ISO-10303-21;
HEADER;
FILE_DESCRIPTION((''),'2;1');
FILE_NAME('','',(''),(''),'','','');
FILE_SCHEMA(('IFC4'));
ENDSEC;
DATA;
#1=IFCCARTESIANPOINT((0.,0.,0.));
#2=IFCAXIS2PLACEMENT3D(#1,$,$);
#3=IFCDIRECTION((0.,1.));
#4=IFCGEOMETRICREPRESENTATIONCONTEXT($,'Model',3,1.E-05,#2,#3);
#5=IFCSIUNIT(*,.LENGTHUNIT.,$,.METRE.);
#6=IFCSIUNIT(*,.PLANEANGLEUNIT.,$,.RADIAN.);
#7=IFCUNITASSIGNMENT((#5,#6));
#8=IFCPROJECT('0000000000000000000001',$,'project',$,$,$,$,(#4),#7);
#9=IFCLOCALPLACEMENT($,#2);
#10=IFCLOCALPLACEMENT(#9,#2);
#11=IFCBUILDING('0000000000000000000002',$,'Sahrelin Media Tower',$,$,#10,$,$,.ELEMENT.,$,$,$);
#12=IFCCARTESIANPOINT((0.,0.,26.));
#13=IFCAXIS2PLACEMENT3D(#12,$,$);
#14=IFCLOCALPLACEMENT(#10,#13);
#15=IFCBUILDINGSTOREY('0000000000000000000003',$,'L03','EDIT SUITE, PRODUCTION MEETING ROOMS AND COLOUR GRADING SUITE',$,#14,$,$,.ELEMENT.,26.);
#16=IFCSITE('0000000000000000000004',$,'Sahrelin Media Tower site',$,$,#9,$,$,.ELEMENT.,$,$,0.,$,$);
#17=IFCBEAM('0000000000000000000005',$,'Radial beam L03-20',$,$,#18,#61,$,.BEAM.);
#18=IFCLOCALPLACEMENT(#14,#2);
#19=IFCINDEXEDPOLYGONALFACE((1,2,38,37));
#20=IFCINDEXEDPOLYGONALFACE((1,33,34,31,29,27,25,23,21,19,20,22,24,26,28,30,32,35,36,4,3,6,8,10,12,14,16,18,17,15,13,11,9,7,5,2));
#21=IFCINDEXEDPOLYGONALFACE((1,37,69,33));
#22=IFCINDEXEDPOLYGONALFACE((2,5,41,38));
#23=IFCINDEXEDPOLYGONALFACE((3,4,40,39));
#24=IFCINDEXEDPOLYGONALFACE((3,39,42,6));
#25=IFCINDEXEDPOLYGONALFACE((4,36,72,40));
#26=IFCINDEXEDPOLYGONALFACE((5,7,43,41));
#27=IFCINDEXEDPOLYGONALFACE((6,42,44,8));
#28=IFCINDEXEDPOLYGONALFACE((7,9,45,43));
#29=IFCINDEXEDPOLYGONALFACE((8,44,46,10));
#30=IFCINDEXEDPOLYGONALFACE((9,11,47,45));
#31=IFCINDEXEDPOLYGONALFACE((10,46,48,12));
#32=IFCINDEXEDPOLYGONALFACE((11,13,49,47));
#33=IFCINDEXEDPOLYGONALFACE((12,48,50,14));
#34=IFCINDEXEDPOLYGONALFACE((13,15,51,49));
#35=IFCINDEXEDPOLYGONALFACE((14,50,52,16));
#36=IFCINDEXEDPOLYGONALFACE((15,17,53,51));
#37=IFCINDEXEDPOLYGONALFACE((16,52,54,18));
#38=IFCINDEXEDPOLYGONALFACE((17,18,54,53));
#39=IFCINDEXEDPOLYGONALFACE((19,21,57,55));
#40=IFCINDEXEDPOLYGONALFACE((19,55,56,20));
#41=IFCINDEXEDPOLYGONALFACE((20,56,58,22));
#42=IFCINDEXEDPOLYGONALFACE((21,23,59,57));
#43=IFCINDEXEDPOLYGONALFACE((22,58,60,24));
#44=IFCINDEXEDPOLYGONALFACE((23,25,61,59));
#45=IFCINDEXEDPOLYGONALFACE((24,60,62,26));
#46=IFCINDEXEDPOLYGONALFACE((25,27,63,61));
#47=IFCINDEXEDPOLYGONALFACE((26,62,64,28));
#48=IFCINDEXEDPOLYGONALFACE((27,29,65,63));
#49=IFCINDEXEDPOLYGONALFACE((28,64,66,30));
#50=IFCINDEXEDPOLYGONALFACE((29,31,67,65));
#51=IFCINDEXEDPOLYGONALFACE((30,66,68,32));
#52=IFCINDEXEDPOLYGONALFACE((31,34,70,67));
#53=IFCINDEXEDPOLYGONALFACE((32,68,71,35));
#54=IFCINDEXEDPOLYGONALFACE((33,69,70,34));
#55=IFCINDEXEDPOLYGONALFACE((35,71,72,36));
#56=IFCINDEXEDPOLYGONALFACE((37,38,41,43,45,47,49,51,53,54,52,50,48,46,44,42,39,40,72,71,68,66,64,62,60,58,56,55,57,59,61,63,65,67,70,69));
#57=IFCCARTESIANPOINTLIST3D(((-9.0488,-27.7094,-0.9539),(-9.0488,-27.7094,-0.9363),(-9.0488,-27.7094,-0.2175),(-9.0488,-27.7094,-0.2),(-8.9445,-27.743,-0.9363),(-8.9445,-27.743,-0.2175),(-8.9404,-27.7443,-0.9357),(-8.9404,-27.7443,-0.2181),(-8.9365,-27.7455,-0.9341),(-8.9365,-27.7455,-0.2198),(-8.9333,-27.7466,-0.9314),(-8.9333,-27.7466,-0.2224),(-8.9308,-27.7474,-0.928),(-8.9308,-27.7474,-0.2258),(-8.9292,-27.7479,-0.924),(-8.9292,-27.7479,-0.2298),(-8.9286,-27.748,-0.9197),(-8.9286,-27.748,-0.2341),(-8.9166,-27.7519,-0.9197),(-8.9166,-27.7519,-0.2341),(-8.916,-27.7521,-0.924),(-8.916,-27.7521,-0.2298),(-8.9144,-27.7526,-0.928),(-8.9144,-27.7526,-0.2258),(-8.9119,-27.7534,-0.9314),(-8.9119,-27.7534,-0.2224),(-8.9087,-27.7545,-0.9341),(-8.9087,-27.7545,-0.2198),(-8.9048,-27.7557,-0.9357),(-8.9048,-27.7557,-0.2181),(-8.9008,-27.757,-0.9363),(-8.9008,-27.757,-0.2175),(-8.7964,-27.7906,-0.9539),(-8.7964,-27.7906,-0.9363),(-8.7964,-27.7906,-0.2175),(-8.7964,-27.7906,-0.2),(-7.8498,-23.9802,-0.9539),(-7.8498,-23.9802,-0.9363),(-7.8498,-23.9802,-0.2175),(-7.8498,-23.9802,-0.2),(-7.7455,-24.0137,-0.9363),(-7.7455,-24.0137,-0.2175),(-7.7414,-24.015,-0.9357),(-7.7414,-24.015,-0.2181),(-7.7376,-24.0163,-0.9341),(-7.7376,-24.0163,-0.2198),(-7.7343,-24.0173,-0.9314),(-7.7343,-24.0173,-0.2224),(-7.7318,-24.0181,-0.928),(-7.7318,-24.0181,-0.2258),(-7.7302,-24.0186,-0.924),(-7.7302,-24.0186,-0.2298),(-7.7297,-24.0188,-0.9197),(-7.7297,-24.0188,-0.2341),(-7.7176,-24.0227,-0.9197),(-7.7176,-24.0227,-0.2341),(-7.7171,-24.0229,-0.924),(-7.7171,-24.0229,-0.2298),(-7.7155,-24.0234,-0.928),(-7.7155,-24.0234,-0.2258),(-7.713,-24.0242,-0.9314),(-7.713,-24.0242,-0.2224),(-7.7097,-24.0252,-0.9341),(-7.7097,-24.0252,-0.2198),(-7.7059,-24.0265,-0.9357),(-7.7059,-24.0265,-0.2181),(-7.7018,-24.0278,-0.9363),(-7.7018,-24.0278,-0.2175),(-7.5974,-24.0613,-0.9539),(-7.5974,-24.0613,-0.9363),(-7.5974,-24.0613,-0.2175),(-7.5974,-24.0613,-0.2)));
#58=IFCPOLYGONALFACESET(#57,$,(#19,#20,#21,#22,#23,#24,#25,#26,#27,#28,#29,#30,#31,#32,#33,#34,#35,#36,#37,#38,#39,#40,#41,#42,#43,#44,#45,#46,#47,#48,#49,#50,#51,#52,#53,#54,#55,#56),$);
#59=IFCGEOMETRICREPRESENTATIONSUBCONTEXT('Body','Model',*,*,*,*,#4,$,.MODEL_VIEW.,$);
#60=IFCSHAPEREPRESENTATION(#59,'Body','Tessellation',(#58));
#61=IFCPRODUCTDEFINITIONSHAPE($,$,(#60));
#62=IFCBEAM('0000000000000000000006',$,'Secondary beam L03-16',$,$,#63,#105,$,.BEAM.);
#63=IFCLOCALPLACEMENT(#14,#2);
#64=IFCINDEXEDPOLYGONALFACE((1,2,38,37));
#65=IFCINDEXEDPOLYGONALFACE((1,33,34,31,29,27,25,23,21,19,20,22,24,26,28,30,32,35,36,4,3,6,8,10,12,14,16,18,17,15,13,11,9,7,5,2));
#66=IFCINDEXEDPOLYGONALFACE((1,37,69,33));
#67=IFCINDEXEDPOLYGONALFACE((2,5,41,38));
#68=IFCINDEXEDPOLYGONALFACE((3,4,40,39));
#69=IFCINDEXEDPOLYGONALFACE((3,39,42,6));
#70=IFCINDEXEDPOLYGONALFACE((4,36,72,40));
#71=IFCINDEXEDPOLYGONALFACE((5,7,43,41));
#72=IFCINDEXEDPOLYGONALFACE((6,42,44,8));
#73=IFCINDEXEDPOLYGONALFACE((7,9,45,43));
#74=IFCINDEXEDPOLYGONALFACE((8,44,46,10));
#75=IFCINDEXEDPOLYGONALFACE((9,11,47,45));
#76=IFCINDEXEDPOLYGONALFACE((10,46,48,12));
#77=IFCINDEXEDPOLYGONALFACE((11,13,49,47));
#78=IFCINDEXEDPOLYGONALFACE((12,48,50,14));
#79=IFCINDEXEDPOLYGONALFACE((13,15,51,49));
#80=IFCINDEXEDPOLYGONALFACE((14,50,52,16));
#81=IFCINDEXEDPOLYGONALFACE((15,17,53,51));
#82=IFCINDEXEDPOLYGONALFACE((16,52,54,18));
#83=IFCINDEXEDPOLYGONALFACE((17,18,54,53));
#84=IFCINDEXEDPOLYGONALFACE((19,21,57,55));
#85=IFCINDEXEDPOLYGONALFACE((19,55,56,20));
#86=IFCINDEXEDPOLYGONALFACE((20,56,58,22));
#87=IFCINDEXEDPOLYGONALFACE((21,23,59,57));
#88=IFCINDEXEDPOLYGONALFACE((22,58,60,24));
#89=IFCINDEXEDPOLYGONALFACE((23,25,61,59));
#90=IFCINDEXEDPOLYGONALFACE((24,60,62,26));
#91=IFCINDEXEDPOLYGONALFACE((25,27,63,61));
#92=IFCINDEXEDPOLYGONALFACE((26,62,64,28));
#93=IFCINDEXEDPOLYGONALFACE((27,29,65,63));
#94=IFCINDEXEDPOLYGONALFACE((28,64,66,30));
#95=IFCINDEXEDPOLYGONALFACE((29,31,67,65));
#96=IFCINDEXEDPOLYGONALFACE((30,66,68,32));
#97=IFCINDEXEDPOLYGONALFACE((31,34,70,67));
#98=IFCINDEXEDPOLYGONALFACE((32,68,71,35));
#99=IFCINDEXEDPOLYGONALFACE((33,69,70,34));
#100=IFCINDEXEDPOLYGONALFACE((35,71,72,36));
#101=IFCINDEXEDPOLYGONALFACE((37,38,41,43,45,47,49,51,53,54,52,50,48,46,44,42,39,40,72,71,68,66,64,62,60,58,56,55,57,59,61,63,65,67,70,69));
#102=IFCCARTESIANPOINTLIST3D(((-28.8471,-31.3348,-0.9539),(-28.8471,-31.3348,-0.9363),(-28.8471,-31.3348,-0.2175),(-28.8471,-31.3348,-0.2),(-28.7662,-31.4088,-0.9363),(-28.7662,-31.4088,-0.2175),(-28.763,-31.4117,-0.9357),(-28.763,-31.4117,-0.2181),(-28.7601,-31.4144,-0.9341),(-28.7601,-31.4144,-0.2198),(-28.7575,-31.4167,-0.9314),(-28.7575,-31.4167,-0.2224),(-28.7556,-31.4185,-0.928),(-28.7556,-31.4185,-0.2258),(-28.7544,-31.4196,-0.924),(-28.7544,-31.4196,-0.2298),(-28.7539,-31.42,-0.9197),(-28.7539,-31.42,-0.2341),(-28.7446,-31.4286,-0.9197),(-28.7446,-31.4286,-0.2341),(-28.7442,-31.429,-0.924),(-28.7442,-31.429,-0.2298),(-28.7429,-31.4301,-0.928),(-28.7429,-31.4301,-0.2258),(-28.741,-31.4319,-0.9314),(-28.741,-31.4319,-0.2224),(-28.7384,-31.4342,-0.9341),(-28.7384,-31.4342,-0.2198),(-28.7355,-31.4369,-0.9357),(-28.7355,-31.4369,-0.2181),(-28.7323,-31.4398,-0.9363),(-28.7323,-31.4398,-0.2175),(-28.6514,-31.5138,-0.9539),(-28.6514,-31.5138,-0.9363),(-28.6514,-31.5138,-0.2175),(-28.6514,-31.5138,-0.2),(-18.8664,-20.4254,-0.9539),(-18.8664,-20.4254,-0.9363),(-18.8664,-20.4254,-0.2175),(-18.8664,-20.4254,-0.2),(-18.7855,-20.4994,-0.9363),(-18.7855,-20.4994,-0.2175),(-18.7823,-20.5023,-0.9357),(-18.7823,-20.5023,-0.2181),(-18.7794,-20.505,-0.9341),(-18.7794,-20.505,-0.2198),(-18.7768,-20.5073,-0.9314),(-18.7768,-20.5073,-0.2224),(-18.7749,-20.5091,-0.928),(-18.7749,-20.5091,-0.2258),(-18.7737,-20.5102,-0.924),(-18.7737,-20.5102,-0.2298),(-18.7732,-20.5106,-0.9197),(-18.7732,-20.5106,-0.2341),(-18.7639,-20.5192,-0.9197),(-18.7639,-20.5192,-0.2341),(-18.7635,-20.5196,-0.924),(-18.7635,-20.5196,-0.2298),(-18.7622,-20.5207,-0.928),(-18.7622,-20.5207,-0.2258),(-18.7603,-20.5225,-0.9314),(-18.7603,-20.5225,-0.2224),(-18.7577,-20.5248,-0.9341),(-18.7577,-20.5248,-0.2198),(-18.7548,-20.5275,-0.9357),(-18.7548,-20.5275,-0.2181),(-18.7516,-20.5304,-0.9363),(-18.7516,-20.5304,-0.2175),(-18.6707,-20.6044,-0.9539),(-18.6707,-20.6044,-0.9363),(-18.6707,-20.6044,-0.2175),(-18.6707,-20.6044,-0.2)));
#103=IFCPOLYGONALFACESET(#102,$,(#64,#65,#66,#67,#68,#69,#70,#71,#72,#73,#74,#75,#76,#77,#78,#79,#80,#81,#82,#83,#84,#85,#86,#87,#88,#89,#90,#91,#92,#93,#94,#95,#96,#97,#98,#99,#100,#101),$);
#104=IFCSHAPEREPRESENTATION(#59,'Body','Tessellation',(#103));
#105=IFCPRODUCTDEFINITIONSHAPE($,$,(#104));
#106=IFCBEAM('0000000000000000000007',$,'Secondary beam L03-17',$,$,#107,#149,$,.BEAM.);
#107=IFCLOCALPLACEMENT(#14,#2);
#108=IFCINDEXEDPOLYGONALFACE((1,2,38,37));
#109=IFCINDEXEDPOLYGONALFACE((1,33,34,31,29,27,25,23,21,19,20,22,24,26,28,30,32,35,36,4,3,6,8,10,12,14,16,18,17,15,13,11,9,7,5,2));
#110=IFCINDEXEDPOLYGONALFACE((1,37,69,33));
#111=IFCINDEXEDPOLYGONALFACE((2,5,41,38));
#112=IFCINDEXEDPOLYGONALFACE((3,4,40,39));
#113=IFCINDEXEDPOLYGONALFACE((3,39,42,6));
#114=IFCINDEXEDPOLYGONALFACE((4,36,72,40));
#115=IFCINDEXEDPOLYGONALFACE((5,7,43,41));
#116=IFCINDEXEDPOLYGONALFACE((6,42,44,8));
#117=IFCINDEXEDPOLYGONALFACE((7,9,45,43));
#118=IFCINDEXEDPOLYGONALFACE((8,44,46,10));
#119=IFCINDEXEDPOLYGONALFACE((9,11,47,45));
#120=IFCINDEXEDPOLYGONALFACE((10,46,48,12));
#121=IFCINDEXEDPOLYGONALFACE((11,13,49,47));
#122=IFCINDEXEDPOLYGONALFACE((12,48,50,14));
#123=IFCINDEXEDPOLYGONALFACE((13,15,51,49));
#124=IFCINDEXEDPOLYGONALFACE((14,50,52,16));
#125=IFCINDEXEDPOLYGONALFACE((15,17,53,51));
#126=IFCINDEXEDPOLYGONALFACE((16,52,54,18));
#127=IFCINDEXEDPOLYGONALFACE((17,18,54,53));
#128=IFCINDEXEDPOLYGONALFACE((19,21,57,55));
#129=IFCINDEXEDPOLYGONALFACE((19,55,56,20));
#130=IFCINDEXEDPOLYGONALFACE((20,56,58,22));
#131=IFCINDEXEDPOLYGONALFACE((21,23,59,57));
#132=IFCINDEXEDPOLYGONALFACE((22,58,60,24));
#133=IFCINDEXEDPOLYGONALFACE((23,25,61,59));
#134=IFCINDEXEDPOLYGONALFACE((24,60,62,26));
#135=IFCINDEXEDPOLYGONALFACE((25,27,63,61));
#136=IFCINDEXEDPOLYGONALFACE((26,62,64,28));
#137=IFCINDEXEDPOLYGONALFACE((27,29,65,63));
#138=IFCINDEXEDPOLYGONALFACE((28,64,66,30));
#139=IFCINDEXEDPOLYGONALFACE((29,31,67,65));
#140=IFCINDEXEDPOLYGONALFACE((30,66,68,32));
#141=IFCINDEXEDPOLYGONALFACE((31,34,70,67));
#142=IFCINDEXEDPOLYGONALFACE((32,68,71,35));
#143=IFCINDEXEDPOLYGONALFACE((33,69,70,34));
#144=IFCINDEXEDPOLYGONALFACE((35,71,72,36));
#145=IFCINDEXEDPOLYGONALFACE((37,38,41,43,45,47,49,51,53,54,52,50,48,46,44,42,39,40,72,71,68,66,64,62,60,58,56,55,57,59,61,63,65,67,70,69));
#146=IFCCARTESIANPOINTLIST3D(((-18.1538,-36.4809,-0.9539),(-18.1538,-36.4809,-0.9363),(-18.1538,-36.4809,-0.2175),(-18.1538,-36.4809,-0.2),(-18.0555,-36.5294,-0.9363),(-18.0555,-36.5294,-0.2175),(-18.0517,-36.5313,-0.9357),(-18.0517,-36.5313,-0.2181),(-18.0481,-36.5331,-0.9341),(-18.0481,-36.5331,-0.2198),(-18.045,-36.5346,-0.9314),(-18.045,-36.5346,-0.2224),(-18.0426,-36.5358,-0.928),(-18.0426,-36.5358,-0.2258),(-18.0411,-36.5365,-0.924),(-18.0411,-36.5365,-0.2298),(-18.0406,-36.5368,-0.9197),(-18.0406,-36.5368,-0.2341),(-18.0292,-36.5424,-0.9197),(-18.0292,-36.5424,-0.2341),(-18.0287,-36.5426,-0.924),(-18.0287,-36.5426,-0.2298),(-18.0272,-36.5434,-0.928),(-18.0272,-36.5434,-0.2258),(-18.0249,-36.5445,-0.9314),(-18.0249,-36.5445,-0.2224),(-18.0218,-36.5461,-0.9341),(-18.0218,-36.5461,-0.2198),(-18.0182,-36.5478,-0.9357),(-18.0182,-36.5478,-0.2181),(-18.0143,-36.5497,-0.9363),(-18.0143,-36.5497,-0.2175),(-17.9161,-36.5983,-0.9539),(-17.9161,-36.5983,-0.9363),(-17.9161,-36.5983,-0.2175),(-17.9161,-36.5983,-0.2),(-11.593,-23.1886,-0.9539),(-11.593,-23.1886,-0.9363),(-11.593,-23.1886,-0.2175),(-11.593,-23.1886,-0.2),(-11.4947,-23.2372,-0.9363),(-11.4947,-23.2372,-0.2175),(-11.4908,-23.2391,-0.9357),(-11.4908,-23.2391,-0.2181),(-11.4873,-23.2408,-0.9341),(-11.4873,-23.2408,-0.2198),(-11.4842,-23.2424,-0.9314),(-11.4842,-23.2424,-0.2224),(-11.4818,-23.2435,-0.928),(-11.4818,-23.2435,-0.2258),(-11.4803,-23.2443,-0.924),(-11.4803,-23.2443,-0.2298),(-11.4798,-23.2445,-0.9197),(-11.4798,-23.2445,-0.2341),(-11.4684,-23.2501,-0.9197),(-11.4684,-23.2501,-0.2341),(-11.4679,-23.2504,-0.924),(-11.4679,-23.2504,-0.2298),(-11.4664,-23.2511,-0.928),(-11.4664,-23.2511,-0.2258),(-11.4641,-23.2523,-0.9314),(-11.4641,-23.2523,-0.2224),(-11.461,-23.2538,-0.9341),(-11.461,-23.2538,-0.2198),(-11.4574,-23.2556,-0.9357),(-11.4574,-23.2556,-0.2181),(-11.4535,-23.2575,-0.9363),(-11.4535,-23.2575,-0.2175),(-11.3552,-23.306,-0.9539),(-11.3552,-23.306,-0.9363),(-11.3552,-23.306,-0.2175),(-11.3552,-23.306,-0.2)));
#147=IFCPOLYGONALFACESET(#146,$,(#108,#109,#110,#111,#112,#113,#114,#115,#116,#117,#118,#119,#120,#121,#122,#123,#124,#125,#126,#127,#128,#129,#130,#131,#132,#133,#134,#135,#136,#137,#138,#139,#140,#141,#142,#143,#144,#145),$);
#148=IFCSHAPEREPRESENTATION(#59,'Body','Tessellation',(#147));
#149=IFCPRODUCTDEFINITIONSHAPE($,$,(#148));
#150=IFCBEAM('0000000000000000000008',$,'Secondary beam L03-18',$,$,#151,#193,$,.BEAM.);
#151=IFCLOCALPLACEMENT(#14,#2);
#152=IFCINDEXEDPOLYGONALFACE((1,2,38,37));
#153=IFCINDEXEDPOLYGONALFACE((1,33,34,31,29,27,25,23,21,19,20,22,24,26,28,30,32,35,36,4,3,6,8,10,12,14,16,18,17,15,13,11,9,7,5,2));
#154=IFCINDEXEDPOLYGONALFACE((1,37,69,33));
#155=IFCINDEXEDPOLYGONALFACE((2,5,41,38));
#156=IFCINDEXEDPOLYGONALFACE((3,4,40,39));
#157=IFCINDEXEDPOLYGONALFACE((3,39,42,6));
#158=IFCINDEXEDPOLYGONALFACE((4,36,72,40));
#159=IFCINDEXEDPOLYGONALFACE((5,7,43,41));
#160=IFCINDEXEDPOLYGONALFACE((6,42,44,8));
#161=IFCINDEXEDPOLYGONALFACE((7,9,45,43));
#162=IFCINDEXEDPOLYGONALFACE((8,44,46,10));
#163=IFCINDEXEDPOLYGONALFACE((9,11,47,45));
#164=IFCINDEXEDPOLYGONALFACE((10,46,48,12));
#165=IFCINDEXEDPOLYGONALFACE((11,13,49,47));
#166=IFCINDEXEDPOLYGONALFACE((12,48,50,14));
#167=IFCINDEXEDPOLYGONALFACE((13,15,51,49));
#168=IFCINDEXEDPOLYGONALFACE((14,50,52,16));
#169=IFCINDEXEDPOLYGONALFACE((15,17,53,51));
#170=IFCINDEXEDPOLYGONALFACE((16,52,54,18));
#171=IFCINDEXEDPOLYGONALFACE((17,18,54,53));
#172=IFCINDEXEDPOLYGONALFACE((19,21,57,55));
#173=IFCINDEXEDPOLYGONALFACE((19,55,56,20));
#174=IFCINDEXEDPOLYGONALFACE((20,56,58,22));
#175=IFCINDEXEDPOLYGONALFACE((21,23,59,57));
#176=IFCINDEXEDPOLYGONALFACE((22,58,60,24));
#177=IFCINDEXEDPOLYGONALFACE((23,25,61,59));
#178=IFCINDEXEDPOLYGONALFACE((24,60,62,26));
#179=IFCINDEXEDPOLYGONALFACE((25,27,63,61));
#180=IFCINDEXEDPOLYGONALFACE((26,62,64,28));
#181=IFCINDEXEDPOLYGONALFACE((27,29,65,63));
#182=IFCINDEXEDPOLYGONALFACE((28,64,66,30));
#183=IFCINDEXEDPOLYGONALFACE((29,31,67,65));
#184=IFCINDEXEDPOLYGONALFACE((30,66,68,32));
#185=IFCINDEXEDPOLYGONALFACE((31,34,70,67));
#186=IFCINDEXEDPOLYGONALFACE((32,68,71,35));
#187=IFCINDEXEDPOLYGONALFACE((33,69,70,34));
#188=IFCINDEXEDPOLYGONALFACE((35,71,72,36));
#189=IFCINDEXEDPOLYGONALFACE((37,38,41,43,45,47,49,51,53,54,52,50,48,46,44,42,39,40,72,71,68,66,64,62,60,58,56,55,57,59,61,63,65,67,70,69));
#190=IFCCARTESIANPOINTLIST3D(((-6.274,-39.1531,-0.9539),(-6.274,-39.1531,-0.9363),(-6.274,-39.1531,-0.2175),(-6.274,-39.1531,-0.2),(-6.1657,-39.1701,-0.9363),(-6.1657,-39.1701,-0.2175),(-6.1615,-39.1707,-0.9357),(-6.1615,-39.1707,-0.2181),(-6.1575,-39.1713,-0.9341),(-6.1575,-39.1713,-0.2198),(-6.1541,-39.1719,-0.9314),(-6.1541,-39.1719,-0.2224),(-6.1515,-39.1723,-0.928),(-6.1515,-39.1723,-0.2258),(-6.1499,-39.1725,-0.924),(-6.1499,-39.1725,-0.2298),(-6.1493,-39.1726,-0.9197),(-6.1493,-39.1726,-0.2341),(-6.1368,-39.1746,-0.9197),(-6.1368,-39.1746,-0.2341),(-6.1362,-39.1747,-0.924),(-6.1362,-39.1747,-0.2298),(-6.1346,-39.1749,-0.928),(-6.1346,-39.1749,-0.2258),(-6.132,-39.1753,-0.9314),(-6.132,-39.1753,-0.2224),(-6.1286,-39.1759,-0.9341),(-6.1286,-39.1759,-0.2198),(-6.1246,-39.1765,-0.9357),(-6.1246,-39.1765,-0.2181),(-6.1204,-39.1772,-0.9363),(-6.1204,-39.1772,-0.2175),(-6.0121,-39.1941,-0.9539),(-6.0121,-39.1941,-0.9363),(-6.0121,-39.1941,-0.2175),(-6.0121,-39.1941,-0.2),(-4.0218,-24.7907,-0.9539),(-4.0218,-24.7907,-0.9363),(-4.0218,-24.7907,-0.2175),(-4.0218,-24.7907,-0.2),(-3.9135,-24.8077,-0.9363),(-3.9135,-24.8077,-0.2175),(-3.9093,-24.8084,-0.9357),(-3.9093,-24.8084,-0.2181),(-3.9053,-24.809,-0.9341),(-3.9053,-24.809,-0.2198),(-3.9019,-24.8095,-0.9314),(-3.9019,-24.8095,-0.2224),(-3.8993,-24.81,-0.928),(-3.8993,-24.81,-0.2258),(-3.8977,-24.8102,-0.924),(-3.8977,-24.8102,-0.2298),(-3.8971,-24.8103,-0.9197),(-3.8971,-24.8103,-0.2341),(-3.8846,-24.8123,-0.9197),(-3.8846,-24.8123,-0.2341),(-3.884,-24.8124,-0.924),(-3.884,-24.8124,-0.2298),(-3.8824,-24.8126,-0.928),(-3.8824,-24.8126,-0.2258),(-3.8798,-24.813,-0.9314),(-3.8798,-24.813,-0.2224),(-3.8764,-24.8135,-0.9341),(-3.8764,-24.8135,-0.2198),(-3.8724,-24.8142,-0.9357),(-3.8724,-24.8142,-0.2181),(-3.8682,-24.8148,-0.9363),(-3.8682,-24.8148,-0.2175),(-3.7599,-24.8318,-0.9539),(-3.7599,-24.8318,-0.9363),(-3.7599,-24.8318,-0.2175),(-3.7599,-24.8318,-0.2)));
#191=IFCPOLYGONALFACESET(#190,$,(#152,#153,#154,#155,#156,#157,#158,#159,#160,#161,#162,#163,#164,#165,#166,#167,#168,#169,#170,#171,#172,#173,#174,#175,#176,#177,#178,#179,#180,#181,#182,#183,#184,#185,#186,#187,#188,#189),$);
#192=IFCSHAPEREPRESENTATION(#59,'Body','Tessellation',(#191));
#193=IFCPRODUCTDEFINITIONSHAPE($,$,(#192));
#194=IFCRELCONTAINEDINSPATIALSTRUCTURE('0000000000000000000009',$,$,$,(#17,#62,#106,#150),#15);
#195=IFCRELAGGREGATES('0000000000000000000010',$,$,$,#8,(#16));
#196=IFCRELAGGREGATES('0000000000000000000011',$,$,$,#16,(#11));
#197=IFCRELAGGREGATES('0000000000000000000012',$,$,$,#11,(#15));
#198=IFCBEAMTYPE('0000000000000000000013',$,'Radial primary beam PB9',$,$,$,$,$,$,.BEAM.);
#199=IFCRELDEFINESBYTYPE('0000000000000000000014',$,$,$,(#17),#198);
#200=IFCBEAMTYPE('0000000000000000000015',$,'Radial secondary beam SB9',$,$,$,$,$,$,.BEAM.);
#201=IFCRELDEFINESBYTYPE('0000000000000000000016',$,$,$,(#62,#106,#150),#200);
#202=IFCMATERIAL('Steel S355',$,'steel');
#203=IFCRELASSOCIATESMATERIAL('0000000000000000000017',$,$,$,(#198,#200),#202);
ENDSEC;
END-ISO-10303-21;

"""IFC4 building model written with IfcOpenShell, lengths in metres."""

from ifc_helpers import new_model, si_unit, direction, frame, origin, origin_2d, place, context, subcontext, project, spatial, i_section, extrude, material, material_profile, profile_set, type_object, element, save


model = new_model("IFC4")

# Units and contexts
model_context = context("Model", 3, precision=1e-05, world=origin(), true_north=direction((0.0, 1.0)))
body_context = subcontext(model_context, "Body", "Model", "MODEL_VIEW")
ifc_project = project(units=[si_unit("LENGTHUNIT", "METRE"), si_unit("PLANEANGLEUNIT", "RADIAN")], contexts=[model_context])

# Site, building, storey
site_placement = place(None, origin())
site = spatial("IfcSite", under=ifc_project, at=site_placement, Name="Sahrelin Media Tower site", CompositionType="ELEMENT", RefElevation=0.0)
building_placement = place(site_placement, origin())
building = spatial("IfcBuilding", under=site, at=building_placement, Name="Sahrelin Media Tower", CompositionType="ELEMENT")
storey_placement = place(building_placement, frame((0.0, 0.0, 26.0)))
storey = spatial("IfcBuildingStorey", under=building, at=storey_placement, Name="L03", Description="EDIT SUITE, PRODUCTION MEETING ROOMS AND COLOUR GRADING SUITE", CompositionType="ELEMENT", Elevation=26.0)

# Beams
ifc_material_1 = material(Name="Steel S355", Category="steel")
ifc_material_profile_1 = material_profile(ifc_material_1, i_section(OverallWidth=0.2651, OverallDepth=0.7539, WebThickness=0.0127, FlangeThickness=0.0176, FilletRadius=0.0166, at=origin_2d()), Name="UB 762x267x147")
ifc_profile_set_1 = profile_set([ifc_material_profile_1], Name="Steel S355")
beam_type_1 = type_object("IfcBeamType", Name="Radial primary beam PB9", PredefinedType="BEAM", material=ifc_profile_set_1)
beam_1_placement = place(storey_placement, frame((-7.7236, -24.0208, -0.5769), z_axis=(-0.306076, -0.952007, 0.0), x_axis=(0.952007, -0.306076, 0.0)))
element("IfcBeam", 1, at=beam_1_placement, inside=storey, type_object=beam_type_1, Name="Radial beam L03-20", PredefinedType="BEAM", context=body_context, shape_type="SweptSolid", body=[
    extrude(i_section(OverallWidth=0.2651, OverallDepth=0.7539, WebThickness=0.0127, FlangeThickness=0.0176, FilletRadius=0.0166, at=origin_2d()), origin(), (0.0, 0.0, 1.0), 3.9172),
])
ifc_material_profile_2 = material_profile(ifc_material_1, i_section(OverallWidth=0.2651, OverallDepth=0.7539, WebThickness=0.0127, FlangeThickness=0.0176, FilletRadius=0.0166, at=origin_2d()), Name="UB 762x267x147")
ifc_profile_set_2 = profile_set([ifc_material_profile_2], Name="Steel S355")
beam_type_2 = type_object("IfcBeamType", Name="Radial secondary beam SB9", PredefinedType="BEAM", material=ifc_profile_set_2)
beam_2_placement = place(storey_placement, frame((-18.7686, -20.5149, -0.5769), z_axis=(-0.675004, -0.737814, 0.0), x_axis=(0.737814, -0.675004, 0.0)))
element("IfcBeam", 2, at=beam_2_placement, inside=storey, type_object=beam_type_2, Name="Secondary beam L03-16", PredefinedType="BEAM", context=body_context, shape_type="SweptSolid", body=[
    extrude(i_section(OverallWidth=0.2651, OverallDepth=0.7539, WebThickness=0.0127, FlangeThickness=0.0176, FilletRadius=0.0166, at=origin_2d()), origin(), (0.0, 0.0, 1.0), 14.7861),
])
beam_3_placement = place(storey_placement, frame((-11.4741, -23.2473, -0.5769), z_axis=(-0.442603, -0.896718, 0.0), x_axis=(0.896718, -0.442603, 0.0)))
element("IfcBeam", 3, at=beam_3_placement, inside=storey, type_object=beam_type_2, Name="Secondary beam L03-17", PredefinedType="BEAM", context=body_context, shape_type="SweptSolid", body=[
    extrude(i_section(OverallWidth=0.2651, OverallDepth=0.7539, WebThickness=0.0127, FlangeThickness=0.0176, FilletRadius=0.0166, at=origin_2d()), origin(), (0.0, 0.0, 1.0), 14.8232),
])
beam_4_placement = place(storey_placement, frame((-3.8909, -24.8113, -0.5769), z_axis=(-0.15492, -0.987927, 0.0), x_axis=(0.987927, -0.15492, 0.0)))
element("IfcBeam", 4, at=beam_4_placement, inside=storey, type_object=beam_type_2, Name="Secondary beam L03-18", PredefinedType="BEAM", context=body_context, shape_type="SweptSolid", body=[
    extrude(i_section(OverallWidth=0.2651, OverallDepth=0.7539, WebThickness=0.0127, FlangeThickness=0.0176, FilletRadius=0.0166, at=origin_2d()), origin(), (0.0, 0.0, 1.0), 14.5378),
])

save(model, "model.ifc")
